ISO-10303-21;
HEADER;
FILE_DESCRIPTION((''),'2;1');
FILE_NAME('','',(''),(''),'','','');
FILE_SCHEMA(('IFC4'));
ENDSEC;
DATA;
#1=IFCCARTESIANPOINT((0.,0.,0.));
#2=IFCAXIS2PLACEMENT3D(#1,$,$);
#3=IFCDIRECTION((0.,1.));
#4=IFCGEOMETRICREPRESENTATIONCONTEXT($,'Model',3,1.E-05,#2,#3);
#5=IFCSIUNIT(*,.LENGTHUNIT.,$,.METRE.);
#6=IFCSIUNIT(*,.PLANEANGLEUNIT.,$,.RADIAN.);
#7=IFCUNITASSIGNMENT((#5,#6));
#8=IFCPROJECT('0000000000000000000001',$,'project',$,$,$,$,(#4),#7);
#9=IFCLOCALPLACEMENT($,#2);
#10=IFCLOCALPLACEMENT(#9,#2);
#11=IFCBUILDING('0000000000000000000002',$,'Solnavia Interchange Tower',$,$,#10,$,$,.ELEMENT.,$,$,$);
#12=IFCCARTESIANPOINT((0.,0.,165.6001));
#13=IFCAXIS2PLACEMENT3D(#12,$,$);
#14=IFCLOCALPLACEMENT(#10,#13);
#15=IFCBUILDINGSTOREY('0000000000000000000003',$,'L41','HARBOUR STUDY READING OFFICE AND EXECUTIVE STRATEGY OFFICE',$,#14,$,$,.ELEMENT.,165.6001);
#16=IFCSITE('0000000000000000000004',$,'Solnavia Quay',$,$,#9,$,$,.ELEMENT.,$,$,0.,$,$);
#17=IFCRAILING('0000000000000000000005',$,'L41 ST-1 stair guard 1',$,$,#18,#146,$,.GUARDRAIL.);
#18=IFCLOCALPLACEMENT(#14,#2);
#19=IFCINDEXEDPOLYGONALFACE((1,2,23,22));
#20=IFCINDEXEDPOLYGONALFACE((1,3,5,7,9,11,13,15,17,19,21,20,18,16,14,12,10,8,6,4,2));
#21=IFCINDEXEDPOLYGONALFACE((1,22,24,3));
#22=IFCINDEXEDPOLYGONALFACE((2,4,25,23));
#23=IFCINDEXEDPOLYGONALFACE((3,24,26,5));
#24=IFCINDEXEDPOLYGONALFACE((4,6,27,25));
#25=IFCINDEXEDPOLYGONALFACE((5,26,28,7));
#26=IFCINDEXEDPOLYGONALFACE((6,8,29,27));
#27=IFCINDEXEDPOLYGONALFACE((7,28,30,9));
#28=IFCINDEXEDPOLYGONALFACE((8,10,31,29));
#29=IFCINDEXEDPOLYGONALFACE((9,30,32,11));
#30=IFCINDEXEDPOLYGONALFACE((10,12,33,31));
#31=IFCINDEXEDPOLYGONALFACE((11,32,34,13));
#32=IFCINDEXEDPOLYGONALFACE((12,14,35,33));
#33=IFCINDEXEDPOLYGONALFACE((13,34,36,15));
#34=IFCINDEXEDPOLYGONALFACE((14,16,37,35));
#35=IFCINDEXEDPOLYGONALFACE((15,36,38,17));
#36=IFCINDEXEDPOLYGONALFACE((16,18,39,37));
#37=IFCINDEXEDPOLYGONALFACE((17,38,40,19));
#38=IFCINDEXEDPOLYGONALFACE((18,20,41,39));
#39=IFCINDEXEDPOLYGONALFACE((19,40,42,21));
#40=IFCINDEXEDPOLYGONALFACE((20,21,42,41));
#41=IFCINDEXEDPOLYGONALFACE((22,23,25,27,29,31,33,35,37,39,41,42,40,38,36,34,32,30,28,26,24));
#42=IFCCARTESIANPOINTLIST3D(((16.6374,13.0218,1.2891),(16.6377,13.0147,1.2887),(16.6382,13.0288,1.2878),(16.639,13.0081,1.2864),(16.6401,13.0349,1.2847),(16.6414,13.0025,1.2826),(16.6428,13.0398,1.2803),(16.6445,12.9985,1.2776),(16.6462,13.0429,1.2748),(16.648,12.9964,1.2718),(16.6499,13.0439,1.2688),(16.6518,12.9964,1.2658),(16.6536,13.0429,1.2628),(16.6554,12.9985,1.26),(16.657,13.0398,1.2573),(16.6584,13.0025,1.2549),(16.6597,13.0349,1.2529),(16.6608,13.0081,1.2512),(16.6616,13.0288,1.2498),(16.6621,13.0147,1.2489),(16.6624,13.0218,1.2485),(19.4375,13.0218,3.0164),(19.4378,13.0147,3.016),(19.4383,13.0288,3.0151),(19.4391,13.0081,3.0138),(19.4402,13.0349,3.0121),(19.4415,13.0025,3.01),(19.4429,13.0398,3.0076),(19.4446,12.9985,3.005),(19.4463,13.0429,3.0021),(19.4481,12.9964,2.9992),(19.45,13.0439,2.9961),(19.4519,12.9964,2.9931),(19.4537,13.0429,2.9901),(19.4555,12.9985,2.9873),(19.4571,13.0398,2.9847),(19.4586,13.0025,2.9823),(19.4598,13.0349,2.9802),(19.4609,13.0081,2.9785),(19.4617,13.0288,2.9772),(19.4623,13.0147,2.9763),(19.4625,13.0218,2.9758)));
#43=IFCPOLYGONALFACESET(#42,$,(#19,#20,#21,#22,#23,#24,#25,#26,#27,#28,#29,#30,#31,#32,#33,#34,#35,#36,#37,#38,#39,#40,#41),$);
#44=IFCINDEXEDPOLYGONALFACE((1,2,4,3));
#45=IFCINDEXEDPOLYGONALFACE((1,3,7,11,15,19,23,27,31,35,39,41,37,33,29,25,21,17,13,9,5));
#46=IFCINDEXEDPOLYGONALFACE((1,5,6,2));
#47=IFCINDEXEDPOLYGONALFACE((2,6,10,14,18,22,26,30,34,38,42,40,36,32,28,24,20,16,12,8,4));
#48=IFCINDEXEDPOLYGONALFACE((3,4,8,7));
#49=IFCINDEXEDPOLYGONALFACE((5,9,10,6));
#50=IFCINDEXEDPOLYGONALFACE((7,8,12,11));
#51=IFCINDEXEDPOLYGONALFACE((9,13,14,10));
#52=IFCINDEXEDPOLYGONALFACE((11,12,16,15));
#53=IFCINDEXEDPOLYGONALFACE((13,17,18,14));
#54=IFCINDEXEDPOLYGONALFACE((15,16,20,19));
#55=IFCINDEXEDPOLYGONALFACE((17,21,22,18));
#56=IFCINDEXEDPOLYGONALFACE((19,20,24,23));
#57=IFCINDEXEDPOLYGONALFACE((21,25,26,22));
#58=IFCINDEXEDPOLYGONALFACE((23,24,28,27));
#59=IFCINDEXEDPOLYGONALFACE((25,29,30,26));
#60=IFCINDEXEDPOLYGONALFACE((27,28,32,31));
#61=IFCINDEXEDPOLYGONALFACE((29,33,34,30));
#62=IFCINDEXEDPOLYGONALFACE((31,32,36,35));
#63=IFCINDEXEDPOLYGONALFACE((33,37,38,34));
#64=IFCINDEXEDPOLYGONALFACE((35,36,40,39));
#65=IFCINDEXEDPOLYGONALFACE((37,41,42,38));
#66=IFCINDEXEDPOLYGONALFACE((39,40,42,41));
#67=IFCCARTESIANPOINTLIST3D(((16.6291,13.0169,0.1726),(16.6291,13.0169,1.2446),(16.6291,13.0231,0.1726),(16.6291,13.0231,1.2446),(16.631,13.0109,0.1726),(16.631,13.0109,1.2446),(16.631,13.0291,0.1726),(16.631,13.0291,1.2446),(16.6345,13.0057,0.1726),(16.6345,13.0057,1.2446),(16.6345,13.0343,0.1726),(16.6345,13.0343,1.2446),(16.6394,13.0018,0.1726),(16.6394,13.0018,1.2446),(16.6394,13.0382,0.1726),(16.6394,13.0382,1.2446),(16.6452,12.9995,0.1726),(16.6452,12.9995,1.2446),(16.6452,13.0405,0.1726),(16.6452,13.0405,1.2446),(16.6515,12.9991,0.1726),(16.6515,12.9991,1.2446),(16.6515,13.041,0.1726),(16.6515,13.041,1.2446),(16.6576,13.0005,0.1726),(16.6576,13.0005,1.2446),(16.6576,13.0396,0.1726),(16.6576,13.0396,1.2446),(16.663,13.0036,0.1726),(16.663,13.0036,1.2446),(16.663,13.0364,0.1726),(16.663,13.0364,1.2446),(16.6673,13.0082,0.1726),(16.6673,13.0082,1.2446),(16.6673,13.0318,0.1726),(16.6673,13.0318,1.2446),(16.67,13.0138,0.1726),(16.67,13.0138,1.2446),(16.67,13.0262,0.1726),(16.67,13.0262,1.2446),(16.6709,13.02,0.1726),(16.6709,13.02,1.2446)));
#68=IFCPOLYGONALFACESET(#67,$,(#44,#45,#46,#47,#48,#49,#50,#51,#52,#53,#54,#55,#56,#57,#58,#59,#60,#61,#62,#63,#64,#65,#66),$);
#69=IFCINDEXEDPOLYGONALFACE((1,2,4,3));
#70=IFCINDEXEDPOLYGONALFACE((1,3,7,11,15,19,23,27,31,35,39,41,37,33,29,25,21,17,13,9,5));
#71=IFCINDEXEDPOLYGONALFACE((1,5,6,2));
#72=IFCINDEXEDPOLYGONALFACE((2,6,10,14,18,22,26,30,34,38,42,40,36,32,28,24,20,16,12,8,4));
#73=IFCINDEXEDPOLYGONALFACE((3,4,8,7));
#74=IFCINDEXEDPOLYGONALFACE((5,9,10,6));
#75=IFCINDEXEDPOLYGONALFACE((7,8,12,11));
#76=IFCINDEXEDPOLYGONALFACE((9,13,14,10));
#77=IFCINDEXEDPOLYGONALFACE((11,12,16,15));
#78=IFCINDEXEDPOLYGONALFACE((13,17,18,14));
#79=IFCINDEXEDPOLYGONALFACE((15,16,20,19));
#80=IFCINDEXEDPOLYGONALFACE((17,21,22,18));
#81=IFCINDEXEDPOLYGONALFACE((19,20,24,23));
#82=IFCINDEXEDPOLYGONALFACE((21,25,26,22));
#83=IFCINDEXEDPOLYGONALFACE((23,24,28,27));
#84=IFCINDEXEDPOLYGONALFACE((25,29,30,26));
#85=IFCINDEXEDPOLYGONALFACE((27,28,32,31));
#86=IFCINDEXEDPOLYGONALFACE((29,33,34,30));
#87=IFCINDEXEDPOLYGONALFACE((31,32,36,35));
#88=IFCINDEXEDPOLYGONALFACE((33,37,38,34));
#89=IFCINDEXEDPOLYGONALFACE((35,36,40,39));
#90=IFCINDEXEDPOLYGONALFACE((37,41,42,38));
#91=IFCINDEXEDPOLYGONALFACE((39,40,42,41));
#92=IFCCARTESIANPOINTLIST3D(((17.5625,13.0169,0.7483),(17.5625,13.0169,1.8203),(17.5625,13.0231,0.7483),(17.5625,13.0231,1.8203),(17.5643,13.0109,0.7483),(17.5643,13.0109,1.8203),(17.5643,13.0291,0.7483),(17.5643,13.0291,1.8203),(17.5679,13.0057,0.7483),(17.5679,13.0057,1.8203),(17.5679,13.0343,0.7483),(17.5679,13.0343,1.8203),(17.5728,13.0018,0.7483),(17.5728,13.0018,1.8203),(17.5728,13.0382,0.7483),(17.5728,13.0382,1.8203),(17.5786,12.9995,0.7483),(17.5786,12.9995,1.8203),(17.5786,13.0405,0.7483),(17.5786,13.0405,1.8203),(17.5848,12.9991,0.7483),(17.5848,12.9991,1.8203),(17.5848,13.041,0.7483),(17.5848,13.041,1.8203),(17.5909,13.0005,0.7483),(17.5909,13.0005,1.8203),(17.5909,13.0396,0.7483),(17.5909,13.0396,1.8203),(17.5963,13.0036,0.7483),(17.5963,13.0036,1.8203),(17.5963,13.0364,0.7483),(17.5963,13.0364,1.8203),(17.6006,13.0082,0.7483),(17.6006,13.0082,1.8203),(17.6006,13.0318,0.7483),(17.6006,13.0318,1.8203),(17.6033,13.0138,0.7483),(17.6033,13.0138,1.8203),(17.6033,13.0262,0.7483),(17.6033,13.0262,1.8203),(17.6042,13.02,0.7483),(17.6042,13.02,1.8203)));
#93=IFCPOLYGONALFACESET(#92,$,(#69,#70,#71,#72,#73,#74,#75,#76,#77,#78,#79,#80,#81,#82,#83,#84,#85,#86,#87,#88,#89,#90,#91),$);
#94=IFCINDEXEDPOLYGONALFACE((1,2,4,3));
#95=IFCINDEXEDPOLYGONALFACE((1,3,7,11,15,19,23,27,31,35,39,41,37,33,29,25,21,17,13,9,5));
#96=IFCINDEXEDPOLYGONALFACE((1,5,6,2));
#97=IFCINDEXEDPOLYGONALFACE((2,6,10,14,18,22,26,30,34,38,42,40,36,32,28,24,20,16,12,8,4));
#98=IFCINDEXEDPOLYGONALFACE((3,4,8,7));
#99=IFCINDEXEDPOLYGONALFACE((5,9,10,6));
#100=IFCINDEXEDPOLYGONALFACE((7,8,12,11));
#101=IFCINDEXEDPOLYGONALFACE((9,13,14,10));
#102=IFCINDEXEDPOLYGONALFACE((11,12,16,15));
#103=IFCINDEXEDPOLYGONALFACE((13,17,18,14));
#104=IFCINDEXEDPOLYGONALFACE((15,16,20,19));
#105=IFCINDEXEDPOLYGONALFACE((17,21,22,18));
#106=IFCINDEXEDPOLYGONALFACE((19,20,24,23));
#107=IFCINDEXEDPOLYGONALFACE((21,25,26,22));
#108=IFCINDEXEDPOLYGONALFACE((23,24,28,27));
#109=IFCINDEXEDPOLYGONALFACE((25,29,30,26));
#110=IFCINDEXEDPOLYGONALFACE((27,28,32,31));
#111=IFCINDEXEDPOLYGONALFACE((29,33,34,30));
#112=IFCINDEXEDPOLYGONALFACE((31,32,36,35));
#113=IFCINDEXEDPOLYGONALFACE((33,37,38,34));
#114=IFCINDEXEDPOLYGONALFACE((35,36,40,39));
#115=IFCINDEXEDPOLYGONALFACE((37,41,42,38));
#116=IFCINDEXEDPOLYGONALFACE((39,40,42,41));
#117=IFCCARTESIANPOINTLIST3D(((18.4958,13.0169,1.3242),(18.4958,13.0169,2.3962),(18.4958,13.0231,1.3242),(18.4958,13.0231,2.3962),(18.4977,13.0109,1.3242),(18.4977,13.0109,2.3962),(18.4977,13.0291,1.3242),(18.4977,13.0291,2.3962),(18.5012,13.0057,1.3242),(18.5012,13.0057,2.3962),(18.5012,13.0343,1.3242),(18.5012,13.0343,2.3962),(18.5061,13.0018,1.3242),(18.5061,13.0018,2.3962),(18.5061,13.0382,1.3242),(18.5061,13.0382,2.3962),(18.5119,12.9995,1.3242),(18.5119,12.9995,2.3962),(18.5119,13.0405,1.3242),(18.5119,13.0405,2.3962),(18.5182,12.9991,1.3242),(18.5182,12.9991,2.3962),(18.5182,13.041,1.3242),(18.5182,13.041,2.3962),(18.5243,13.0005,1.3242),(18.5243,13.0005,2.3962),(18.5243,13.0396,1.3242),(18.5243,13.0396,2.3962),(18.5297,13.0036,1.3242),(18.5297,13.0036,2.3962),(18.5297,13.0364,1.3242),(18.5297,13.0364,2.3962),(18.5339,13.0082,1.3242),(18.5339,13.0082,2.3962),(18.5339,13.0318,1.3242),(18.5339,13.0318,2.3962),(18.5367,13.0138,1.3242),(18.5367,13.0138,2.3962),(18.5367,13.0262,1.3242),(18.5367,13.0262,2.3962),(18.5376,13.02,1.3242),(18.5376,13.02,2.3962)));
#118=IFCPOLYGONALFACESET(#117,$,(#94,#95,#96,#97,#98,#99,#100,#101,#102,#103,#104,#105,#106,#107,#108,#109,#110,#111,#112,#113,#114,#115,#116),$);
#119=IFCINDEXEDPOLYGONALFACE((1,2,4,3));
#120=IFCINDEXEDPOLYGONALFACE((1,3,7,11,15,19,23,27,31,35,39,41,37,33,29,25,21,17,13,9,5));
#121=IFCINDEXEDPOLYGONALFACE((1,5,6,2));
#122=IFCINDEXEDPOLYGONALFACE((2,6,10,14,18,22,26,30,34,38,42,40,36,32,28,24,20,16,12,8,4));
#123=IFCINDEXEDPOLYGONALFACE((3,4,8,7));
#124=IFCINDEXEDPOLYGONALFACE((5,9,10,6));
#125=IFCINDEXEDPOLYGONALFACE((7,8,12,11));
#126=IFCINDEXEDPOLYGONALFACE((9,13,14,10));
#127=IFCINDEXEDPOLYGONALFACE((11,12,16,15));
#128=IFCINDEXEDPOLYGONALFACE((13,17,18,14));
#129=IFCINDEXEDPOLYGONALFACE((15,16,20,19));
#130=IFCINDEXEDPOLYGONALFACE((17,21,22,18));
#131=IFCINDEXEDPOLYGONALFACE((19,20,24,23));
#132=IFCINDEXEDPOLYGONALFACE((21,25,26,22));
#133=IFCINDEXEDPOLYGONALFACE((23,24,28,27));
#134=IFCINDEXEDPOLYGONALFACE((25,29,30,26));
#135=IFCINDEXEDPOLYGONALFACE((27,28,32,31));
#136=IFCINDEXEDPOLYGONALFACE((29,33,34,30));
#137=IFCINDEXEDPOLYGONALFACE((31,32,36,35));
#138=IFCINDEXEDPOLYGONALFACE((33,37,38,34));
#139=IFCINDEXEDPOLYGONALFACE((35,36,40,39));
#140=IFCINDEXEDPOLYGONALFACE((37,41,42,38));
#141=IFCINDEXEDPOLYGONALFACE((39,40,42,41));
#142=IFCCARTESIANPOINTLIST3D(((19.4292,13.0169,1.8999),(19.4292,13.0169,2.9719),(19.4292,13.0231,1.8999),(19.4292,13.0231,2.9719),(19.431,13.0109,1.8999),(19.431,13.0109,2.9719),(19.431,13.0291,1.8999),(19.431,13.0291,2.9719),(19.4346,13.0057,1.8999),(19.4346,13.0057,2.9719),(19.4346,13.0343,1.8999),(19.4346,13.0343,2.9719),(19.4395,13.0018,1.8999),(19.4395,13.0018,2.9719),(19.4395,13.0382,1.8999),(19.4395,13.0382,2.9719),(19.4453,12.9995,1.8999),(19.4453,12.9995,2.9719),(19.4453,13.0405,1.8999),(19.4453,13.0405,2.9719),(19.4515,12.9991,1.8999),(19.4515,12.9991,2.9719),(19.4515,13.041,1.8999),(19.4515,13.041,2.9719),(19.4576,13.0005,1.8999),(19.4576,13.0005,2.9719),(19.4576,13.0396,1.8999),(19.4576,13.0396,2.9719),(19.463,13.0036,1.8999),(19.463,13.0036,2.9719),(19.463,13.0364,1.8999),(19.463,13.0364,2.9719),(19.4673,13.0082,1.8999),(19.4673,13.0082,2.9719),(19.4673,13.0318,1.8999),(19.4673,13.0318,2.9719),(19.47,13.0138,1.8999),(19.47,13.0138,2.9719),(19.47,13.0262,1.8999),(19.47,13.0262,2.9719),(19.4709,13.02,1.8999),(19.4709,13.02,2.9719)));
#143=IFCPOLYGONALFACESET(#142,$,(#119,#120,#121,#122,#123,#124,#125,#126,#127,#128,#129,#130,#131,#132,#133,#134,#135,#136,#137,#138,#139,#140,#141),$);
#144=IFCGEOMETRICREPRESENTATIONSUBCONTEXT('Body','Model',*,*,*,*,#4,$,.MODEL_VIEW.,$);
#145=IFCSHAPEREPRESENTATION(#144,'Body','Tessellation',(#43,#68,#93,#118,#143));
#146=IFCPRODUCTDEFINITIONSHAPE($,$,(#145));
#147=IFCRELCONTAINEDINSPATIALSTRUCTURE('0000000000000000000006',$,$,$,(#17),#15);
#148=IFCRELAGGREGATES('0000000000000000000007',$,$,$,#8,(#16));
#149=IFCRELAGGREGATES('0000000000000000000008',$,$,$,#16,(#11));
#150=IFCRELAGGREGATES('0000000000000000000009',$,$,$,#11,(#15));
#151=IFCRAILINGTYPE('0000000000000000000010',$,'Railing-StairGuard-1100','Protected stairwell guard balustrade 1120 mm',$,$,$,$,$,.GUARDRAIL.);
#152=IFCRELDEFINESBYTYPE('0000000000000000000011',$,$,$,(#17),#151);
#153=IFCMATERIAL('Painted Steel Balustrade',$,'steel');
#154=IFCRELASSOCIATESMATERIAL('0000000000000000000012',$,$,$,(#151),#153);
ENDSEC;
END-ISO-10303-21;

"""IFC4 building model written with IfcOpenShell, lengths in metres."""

from ifc_helpers import new_model, si_unit, direction, frame, origin, origin_2d, place, context, subcontext, project, spatial, circle, extrude, material, type_object, element, save


model = new_model("IFC4")

# Units and contexts
model_context = context("Model", 3, precision=1e-05, world=origin(), true_north=direction((0.0, 1.0)))
body_context = subcontext(model_context, "Body", "Model", "MODEL_VIEW")
ifc_project = project(units=[si_unit("LENGTHUNIT", "METRE"), si_unit("PLANEANGLEUNIT", "RADIAN")], contexts=[model_context])

# Site, building, storey
site_placement = place(None, origin())
site = spatial("IfcSite", under=ifc_project, at=site_placement, Name="Solnavia Quay", CompositionType="ELEMENT", RefElevation=0.0)
building_placement = place(site_placement, origin())
building = spatial("IfcBuilding", under=site, at=building_placement, Name="Solnavia Interchange Tower", CompositionType="ELEMENT")
storey_placement = place(building_placement, frame((0.0, 0.0, 165.6001)))
storey = spatial("IfcBuildingStorey", under=building, at=storey_placement, Name="L41", Description="HARBOUR STUDY READING OFFICE AND EXECUTIVE STRATEGY OFFICE", CompositionType="ELEMENT", Elevation=165.6001)

# Railing
ifc_material_1 = material(Name="Painted Steel Balustrade", Category="steel")
railing_type_1 = type_object("IfcRailingType", Name="Railing-StairGuard-1100", Description="Protected stairwell guard balustrade 1120 mm", PredefinedType="GUARDRAIL", material=ifc_material_1)
railing_1_placement = place(storey_placement, frame((16.6499, 13.02, 0.1726)))
element("IfcRailing", 1, at=railing_1_placement, inside=storey, type_object=railing_type_1, Name="L41 ST-1 stair guard 1", PredefinedType="GUARDRAIL", context=body_context, shape_type="SweptSolid", body=[
    extrude(circle(Radius=0.0239, at=origin_2d()), frame((0.0, 0.0, 1.0962), z_axis=(0.85109, 0.0, 0.52502), x_axis=(0.0, 1.0, 0.0)), (0.0, 0.0, 1.0), 3.29),
    extrude(circle(Radius=0.021, at=origin_2d()), origin(), (0.0, 0.0, 1.0), 1.072),
    extrude(circle(Radius=0.021, at=origin_2d()), frame((0.9333, 0.0, 0.5757)), (0.0, 0.0, 1.0), 1.072),
    extrude(circle(Radius=0.021, at=origin_2d()), frame((1.8667, 0.0, 1.1516)), (0.0, 0.0, 1.0), 1.072),
    extrude(circle(Radius=0.021, at=origin_2d()), frame((2.8, 0.0, 1.7273)), (0.0, 0.0, 1.0), 1.072),
])

save(model, "model.ifc")
